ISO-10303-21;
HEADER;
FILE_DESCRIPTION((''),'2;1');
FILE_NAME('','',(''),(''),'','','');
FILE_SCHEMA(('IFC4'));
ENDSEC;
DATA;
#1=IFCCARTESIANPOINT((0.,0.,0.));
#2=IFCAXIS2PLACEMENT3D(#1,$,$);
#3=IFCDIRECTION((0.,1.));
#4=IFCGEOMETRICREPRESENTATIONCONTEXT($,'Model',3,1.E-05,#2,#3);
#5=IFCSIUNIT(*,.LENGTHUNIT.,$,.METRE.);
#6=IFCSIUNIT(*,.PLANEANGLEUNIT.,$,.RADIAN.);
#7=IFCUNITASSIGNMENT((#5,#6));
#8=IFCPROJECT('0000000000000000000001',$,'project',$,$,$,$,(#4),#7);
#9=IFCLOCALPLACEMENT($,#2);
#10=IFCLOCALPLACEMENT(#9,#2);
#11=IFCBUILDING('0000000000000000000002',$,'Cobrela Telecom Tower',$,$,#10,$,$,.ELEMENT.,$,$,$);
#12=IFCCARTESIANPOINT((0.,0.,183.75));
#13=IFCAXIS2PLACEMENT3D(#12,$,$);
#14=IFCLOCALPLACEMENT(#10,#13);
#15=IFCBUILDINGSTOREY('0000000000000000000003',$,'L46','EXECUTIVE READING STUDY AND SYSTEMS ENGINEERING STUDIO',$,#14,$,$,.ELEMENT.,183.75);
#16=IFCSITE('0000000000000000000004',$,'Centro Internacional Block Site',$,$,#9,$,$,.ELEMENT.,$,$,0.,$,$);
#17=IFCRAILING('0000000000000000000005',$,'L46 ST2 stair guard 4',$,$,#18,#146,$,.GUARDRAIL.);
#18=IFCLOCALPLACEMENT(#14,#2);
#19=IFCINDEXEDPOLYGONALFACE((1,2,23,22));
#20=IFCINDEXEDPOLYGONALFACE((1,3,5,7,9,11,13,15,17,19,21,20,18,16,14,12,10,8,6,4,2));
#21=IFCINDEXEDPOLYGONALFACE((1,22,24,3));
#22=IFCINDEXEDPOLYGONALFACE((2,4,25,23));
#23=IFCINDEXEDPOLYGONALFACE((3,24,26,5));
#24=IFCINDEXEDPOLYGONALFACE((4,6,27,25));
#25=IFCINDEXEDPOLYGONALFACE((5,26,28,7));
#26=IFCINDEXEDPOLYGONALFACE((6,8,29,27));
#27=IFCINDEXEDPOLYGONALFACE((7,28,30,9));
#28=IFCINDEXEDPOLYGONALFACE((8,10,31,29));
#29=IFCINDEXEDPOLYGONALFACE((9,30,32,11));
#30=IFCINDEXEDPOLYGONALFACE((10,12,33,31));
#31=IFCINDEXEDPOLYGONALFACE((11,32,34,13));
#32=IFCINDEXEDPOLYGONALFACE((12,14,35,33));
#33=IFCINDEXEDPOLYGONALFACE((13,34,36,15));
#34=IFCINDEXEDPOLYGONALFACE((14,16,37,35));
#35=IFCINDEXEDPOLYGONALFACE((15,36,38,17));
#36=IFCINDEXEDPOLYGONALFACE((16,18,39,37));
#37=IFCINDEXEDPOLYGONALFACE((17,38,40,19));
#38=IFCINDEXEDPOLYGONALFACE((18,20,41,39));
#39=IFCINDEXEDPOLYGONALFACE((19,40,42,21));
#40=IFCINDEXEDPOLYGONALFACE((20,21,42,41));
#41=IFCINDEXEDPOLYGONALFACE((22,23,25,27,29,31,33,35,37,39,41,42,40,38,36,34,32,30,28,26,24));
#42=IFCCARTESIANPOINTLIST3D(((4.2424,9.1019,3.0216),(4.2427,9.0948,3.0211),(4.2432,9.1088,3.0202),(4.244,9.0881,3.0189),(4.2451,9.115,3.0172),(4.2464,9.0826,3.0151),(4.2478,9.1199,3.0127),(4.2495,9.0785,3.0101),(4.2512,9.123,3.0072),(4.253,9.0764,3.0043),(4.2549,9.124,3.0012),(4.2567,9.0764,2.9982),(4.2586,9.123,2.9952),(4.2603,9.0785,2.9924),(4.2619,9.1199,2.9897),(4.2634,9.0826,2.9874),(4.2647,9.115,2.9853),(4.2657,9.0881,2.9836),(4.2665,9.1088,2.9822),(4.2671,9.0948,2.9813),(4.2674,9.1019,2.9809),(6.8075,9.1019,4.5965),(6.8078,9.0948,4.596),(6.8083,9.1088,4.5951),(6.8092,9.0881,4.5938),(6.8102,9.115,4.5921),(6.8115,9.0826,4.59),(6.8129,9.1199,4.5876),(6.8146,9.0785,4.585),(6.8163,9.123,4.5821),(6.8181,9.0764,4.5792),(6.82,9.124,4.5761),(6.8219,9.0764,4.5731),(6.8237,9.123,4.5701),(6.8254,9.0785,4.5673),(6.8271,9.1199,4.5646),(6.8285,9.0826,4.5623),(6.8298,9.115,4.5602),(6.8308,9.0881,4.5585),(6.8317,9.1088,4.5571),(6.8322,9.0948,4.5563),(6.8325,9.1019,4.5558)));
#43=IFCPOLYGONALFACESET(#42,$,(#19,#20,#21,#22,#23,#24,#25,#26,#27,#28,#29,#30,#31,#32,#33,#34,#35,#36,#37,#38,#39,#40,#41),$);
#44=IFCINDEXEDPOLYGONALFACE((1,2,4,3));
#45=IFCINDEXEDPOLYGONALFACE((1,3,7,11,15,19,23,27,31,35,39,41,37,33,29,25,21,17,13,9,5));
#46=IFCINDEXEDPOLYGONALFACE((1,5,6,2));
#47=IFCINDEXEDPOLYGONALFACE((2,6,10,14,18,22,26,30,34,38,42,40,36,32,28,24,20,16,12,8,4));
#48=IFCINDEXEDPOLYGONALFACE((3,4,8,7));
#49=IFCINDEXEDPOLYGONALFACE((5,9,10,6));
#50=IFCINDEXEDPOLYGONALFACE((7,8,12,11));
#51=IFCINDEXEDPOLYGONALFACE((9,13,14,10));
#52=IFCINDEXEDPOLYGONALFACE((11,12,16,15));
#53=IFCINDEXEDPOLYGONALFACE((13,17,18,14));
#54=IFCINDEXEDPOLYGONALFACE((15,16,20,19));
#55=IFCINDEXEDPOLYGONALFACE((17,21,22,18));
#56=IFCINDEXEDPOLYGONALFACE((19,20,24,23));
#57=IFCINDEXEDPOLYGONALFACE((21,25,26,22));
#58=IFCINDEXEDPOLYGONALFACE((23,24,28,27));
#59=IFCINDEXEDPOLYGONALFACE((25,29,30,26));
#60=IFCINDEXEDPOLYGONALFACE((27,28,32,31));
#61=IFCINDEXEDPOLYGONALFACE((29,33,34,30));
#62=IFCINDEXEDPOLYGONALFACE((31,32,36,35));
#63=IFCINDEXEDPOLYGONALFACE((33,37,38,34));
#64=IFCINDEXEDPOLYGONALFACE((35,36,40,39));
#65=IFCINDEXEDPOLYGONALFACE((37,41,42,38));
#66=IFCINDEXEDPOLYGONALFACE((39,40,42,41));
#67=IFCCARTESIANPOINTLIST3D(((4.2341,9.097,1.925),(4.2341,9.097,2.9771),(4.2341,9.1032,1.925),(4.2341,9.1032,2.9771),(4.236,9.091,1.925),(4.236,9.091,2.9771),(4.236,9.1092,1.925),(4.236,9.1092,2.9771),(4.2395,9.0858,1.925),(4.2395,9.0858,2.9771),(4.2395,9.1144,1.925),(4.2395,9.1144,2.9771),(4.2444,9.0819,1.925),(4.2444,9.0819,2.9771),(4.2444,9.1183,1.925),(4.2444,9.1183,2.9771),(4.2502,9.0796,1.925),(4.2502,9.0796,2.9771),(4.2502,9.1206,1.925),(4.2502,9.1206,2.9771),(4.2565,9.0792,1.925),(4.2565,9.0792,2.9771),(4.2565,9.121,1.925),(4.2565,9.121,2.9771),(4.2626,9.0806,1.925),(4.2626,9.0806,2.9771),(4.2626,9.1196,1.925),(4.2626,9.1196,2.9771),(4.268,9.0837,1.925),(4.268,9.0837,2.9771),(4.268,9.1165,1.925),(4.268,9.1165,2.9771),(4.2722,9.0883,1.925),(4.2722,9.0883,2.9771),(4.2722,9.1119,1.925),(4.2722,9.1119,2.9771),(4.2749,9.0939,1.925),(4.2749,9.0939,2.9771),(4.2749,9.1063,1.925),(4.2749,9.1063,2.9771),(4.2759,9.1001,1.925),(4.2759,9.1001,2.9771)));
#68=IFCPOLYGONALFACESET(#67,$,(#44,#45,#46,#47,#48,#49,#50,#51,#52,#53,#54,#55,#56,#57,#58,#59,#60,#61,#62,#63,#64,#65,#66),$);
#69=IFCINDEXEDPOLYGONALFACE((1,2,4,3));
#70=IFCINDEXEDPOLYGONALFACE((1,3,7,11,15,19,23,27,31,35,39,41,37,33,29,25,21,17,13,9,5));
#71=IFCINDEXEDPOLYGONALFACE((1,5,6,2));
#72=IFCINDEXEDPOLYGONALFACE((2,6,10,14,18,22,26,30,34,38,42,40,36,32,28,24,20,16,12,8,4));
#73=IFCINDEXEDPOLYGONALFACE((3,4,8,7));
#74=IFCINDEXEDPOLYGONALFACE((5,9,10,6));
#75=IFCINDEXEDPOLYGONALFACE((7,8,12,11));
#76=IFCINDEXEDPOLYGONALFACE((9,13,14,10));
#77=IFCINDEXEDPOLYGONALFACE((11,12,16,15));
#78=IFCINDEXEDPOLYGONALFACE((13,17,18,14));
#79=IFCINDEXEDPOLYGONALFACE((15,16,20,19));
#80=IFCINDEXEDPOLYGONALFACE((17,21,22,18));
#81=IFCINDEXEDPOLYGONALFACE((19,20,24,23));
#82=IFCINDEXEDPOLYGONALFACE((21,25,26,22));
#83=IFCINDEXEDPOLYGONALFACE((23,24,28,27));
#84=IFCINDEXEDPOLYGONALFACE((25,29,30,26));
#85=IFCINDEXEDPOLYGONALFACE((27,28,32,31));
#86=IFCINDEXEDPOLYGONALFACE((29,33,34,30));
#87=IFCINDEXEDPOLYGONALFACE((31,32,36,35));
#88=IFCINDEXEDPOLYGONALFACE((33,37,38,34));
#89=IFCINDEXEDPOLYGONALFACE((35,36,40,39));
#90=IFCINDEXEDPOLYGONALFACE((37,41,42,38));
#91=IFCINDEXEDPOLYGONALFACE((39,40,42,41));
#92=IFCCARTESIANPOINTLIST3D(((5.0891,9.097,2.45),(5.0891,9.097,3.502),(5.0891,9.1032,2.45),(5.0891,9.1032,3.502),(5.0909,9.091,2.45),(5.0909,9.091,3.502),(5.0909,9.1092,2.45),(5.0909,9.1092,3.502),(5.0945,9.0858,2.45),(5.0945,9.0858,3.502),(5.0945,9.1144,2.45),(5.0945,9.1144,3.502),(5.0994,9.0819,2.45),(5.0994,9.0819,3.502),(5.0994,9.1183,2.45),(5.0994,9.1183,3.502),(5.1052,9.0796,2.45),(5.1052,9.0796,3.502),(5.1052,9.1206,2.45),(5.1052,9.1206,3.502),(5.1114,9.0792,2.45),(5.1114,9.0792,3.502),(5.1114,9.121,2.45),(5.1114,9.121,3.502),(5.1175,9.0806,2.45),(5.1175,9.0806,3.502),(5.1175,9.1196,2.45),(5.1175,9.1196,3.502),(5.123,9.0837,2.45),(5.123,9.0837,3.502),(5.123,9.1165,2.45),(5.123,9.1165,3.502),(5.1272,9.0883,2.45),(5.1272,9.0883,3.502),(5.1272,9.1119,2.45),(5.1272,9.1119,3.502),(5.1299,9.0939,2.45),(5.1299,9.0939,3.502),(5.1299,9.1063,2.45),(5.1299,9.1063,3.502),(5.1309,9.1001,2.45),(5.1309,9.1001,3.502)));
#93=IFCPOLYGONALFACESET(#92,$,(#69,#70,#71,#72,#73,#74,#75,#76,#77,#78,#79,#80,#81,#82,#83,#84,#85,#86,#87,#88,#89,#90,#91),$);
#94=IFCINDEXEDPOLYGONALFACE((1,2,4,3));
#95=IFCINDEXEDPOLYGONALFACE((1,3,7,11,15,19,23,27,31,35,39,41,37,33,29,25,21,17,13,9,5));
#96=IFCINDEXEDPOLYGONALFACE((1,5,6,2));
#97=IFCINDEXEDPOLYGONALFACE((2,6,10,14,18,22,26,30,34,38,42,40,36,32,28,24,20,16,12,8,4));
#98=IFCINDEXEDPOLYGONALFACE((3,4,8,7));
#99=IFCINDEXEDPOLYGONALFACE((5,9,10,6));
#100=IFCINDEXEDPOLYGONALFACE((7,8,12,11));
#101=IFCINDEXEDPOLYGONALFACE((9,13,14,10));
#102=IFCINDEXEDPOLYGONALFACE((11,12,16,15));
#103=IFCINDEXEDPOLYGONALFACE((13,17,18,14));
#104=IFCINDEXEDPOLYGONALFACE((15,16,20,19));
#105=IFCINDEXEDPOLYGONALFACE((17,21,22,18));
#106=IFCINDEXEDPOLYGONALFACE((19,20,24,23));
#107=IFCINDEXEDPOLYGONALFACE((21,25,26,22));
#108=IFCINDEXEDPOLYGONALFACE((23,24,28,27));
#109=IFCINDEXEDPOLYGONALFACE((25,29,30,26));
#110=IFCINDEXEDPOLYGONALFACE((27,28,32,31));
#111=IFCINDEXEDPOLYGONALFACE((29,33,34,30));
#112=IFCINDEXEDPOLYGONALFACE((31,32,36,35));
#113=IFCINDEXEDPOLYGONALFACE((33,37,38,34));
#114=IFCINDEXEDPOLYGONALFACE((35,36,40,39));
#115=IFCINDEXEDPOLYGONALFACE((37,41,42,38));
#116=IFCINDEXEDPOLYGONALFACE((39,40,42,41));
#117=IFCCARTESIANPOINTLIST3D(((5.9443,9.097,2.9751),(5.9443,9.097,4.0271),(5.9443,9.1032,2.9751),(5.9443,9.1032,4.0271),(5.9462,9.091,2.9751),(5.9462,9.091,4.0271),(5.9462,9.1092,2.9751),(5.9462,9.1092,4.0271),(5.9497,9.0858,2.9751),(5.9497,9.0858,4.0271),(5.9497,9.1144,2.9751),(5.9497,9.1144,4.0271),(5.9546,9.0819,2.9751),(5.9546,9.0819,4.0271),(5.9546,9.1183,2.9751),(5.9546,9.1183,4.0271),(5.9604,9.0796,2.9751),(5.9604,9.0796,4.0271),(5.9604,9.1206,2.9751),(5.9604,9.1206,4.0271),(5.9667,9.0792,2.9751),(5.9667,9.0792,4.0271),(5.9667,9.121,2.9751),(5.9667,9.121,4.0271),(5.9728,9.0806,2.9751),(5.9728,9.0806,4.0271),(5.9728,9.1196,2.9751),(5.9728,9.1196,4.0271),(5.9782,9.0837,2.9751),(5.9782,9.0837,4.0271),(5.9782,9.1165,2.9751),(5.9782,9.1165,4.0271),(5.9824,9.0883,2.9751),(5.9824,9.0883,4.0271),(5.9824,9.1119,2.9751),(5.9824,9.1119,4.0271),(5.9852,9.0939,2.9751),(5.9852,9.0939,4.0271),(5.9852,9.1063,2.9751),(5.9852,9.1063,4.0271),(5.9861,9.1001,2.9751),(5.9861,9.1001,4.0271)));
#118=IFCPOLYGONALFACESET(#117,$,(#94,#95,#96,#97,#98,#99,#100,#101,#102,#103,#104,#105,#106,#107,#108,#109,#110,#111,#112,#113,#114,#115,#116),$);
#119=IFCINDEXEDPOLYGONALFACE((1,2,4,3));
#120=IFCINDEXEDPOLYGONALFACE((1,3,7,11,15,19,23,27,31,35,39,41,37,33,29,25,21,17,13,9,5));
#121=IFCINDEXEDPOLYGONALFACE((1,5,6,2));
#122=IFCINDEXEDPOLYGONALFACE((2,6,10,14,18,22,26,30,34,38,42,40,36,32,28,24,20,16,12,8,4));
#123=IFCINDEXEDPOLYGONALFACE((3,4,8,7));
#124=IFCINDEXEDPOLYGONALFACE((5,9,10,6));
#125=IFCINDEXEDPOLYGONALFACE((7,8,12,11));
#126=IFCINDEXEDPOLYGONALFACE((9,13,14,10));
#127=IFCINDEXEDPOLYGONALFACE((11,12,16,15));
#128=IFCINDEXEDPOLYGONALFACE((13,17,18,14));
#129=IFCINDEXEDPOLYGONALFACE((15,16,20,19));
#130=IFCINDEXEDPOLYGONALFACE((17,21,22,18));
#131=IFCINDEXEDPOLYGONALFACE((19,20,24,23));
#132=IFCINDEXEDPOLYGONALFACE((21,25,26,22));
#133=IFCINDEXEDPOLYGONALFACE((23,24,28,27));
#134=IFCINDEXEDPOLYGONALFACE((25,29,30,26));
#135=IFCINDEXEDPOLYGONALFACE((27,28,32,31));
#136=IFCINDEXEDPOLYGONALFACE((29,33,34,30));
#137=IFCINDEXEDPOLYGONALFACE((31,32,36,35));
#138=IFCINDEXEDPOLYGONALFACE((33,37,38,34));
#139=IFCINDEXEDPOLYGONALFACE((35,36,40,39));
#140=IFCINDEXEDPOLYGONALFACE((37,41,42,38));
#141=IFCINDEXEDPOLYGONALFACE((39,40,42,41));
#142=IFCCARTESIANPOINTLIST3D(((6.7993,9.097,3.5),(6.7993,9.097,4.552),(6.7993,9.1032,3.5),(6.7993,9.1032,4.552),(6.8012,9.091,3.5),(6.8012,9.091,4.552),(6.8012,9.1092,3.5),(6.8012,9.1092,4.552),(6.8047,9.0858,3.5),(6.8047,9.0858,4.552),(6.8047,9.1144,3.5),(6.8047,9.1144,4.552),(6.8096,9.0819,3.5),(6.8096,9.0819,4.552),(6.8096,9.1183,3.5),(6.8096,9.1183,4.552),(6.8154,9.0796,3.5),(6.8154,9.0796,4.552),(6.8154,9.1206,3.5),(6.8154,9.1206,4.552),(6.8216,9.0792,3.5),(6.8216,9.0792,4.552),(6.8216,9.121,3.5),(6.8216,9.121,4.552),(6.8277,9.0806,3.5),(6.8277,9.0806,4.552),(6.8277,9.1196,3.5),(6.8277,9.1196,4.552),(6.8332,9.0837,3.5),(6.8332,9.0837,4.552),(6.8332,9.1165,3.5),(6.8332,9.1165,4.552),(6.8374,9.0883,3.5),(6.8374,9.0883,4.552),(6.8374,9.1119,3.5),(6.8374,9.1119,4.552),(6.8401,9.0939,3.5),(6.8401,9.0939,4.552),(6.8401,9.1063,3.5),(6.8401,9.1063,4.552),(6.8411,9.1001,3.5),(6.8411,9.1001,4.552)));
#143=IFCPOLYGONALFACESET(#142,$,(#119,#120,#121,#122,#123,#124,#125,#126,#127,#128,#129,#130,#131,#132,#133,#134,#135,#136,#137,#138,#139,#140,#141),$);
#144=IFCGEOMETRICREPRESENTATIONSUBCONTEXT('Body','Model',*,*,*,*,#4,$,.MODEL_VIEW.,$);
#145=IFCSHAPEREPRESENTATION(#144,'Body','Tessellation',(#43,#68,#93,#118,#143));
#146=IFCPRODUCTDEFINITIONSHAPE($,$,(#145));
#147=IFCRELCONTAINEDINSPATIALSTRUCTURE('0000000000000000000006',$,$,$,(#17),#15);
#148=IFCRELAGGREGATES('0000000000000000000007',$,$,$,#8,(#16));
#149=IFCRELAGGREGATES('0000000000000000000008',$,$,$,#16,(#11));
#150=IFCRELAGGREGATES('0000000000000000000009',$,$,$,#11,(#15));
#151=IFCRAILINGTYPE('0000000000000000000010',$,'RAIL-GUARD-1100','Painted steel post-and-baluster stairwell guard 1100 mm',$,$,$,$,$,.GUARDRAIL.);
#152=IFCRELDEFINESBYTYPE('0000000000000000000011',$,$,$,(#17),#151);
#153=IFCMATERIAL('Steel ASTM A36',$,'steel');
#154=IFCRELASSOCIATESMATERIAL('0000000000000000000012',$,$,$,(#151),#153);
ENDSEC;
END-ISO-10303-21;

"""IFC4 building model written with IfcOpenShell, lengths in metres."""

from ifc_helpers import new_model, si_unit, direction, frame, origin, origin_2d, place, context, subcontext, project, spatial, circle, extrude, material, type_object, element, save


model = new_model("IFC4")

# Units and contexts
model_context = context("Model", 3, precision=1e-05, world=origin(), true_north=direction((0.0, 1.0)))
body_context = subcontext(model_context, "Body", "Model", "MODEL_VIEW")
ifc_project = project(units=[si_unit("LENGTHUNIT", "METRE"), si_unit("PLANEANGLEUNIT", "RADIAN")], contexts=[model_context])

# Site, building, storey
site_placement = place(None, origin())
site = spatial("IfcSite", under=ifc_project, at=site_placement, Name="Centro Internacional Block Site", CompositionType="ELEMENT", RefElevation=0.0)
building_placement = place(site_placement, origin())
building = spatial("IfcBuilding", under=site, at=building_placement, Name="Cobrela Telecom Tower", CompositionType="ELEMENT")
storey_placement = place(building_placement, frame((0.0, 0.0, 183.75)))
storey = spatial("IfcBuildingStorey", under=building, at=storey_placement, Name="L46", Description="EXECUTIVE READING STUDY AND SYSTEMS ENGINEERING STUDIO", CompositionType="ELEMENT", Elevation=183.75)

# Railing
ifc_material_1 = material(Name="Steel ASTM A36", Category="steel")
railing_type_1 = type_object("IfcRailingType", Name="RAIL-GUARD-1100", Description="Painted steel post-and-baluster stairwell guard 1100 mm", PredefinedType="GUARDRAIL", material=ifc_material_1)
railing_1_placement = place(storey_placement, frame((4.2549, 9.1001, 1.925)))
element("IfcRailing", 1, at=railing_1_placement, inside=storey, type_object=railing_type_1, Name="L46 ST2 stair guard 4", PredefinedType="GUARDRAIL", context=body_context, shape_type="SweptSolid", body=[
    extrude(circle(Radius=0.0239, at=origin_2d()), frame((0.0, 0.0, 1.0762), z_axis=(0.852195, 0.0, 0.523224), x_axis=(0.0, 1.0, 0.0)), (0.0, 0.0, 1.0), 3.01),
    extrude(circle(Radius=0.021, at=origin_2d()), origin(), (0.0, 0.0, 1.0), 1.052),
    extrude(circle(Radius=0.021, at=origin_2d()), frame((0.855, 0.0, 0.5249)), (0.0, 0.0, 1.0), 1.052),
    extrude(circle(Radius=0.021, at=origin_2d()), frame((1.7102, 0.0, 1.05)), (0.0, 0.0, 1.0), 1.052),
    extrude(circle(Radius=0.021, at=origin_2d()), frame((2.5652, 0.0, 1.575)), (0.0, 0.0, 1.0), 1.052),
])

save(model, "model.ifc")
